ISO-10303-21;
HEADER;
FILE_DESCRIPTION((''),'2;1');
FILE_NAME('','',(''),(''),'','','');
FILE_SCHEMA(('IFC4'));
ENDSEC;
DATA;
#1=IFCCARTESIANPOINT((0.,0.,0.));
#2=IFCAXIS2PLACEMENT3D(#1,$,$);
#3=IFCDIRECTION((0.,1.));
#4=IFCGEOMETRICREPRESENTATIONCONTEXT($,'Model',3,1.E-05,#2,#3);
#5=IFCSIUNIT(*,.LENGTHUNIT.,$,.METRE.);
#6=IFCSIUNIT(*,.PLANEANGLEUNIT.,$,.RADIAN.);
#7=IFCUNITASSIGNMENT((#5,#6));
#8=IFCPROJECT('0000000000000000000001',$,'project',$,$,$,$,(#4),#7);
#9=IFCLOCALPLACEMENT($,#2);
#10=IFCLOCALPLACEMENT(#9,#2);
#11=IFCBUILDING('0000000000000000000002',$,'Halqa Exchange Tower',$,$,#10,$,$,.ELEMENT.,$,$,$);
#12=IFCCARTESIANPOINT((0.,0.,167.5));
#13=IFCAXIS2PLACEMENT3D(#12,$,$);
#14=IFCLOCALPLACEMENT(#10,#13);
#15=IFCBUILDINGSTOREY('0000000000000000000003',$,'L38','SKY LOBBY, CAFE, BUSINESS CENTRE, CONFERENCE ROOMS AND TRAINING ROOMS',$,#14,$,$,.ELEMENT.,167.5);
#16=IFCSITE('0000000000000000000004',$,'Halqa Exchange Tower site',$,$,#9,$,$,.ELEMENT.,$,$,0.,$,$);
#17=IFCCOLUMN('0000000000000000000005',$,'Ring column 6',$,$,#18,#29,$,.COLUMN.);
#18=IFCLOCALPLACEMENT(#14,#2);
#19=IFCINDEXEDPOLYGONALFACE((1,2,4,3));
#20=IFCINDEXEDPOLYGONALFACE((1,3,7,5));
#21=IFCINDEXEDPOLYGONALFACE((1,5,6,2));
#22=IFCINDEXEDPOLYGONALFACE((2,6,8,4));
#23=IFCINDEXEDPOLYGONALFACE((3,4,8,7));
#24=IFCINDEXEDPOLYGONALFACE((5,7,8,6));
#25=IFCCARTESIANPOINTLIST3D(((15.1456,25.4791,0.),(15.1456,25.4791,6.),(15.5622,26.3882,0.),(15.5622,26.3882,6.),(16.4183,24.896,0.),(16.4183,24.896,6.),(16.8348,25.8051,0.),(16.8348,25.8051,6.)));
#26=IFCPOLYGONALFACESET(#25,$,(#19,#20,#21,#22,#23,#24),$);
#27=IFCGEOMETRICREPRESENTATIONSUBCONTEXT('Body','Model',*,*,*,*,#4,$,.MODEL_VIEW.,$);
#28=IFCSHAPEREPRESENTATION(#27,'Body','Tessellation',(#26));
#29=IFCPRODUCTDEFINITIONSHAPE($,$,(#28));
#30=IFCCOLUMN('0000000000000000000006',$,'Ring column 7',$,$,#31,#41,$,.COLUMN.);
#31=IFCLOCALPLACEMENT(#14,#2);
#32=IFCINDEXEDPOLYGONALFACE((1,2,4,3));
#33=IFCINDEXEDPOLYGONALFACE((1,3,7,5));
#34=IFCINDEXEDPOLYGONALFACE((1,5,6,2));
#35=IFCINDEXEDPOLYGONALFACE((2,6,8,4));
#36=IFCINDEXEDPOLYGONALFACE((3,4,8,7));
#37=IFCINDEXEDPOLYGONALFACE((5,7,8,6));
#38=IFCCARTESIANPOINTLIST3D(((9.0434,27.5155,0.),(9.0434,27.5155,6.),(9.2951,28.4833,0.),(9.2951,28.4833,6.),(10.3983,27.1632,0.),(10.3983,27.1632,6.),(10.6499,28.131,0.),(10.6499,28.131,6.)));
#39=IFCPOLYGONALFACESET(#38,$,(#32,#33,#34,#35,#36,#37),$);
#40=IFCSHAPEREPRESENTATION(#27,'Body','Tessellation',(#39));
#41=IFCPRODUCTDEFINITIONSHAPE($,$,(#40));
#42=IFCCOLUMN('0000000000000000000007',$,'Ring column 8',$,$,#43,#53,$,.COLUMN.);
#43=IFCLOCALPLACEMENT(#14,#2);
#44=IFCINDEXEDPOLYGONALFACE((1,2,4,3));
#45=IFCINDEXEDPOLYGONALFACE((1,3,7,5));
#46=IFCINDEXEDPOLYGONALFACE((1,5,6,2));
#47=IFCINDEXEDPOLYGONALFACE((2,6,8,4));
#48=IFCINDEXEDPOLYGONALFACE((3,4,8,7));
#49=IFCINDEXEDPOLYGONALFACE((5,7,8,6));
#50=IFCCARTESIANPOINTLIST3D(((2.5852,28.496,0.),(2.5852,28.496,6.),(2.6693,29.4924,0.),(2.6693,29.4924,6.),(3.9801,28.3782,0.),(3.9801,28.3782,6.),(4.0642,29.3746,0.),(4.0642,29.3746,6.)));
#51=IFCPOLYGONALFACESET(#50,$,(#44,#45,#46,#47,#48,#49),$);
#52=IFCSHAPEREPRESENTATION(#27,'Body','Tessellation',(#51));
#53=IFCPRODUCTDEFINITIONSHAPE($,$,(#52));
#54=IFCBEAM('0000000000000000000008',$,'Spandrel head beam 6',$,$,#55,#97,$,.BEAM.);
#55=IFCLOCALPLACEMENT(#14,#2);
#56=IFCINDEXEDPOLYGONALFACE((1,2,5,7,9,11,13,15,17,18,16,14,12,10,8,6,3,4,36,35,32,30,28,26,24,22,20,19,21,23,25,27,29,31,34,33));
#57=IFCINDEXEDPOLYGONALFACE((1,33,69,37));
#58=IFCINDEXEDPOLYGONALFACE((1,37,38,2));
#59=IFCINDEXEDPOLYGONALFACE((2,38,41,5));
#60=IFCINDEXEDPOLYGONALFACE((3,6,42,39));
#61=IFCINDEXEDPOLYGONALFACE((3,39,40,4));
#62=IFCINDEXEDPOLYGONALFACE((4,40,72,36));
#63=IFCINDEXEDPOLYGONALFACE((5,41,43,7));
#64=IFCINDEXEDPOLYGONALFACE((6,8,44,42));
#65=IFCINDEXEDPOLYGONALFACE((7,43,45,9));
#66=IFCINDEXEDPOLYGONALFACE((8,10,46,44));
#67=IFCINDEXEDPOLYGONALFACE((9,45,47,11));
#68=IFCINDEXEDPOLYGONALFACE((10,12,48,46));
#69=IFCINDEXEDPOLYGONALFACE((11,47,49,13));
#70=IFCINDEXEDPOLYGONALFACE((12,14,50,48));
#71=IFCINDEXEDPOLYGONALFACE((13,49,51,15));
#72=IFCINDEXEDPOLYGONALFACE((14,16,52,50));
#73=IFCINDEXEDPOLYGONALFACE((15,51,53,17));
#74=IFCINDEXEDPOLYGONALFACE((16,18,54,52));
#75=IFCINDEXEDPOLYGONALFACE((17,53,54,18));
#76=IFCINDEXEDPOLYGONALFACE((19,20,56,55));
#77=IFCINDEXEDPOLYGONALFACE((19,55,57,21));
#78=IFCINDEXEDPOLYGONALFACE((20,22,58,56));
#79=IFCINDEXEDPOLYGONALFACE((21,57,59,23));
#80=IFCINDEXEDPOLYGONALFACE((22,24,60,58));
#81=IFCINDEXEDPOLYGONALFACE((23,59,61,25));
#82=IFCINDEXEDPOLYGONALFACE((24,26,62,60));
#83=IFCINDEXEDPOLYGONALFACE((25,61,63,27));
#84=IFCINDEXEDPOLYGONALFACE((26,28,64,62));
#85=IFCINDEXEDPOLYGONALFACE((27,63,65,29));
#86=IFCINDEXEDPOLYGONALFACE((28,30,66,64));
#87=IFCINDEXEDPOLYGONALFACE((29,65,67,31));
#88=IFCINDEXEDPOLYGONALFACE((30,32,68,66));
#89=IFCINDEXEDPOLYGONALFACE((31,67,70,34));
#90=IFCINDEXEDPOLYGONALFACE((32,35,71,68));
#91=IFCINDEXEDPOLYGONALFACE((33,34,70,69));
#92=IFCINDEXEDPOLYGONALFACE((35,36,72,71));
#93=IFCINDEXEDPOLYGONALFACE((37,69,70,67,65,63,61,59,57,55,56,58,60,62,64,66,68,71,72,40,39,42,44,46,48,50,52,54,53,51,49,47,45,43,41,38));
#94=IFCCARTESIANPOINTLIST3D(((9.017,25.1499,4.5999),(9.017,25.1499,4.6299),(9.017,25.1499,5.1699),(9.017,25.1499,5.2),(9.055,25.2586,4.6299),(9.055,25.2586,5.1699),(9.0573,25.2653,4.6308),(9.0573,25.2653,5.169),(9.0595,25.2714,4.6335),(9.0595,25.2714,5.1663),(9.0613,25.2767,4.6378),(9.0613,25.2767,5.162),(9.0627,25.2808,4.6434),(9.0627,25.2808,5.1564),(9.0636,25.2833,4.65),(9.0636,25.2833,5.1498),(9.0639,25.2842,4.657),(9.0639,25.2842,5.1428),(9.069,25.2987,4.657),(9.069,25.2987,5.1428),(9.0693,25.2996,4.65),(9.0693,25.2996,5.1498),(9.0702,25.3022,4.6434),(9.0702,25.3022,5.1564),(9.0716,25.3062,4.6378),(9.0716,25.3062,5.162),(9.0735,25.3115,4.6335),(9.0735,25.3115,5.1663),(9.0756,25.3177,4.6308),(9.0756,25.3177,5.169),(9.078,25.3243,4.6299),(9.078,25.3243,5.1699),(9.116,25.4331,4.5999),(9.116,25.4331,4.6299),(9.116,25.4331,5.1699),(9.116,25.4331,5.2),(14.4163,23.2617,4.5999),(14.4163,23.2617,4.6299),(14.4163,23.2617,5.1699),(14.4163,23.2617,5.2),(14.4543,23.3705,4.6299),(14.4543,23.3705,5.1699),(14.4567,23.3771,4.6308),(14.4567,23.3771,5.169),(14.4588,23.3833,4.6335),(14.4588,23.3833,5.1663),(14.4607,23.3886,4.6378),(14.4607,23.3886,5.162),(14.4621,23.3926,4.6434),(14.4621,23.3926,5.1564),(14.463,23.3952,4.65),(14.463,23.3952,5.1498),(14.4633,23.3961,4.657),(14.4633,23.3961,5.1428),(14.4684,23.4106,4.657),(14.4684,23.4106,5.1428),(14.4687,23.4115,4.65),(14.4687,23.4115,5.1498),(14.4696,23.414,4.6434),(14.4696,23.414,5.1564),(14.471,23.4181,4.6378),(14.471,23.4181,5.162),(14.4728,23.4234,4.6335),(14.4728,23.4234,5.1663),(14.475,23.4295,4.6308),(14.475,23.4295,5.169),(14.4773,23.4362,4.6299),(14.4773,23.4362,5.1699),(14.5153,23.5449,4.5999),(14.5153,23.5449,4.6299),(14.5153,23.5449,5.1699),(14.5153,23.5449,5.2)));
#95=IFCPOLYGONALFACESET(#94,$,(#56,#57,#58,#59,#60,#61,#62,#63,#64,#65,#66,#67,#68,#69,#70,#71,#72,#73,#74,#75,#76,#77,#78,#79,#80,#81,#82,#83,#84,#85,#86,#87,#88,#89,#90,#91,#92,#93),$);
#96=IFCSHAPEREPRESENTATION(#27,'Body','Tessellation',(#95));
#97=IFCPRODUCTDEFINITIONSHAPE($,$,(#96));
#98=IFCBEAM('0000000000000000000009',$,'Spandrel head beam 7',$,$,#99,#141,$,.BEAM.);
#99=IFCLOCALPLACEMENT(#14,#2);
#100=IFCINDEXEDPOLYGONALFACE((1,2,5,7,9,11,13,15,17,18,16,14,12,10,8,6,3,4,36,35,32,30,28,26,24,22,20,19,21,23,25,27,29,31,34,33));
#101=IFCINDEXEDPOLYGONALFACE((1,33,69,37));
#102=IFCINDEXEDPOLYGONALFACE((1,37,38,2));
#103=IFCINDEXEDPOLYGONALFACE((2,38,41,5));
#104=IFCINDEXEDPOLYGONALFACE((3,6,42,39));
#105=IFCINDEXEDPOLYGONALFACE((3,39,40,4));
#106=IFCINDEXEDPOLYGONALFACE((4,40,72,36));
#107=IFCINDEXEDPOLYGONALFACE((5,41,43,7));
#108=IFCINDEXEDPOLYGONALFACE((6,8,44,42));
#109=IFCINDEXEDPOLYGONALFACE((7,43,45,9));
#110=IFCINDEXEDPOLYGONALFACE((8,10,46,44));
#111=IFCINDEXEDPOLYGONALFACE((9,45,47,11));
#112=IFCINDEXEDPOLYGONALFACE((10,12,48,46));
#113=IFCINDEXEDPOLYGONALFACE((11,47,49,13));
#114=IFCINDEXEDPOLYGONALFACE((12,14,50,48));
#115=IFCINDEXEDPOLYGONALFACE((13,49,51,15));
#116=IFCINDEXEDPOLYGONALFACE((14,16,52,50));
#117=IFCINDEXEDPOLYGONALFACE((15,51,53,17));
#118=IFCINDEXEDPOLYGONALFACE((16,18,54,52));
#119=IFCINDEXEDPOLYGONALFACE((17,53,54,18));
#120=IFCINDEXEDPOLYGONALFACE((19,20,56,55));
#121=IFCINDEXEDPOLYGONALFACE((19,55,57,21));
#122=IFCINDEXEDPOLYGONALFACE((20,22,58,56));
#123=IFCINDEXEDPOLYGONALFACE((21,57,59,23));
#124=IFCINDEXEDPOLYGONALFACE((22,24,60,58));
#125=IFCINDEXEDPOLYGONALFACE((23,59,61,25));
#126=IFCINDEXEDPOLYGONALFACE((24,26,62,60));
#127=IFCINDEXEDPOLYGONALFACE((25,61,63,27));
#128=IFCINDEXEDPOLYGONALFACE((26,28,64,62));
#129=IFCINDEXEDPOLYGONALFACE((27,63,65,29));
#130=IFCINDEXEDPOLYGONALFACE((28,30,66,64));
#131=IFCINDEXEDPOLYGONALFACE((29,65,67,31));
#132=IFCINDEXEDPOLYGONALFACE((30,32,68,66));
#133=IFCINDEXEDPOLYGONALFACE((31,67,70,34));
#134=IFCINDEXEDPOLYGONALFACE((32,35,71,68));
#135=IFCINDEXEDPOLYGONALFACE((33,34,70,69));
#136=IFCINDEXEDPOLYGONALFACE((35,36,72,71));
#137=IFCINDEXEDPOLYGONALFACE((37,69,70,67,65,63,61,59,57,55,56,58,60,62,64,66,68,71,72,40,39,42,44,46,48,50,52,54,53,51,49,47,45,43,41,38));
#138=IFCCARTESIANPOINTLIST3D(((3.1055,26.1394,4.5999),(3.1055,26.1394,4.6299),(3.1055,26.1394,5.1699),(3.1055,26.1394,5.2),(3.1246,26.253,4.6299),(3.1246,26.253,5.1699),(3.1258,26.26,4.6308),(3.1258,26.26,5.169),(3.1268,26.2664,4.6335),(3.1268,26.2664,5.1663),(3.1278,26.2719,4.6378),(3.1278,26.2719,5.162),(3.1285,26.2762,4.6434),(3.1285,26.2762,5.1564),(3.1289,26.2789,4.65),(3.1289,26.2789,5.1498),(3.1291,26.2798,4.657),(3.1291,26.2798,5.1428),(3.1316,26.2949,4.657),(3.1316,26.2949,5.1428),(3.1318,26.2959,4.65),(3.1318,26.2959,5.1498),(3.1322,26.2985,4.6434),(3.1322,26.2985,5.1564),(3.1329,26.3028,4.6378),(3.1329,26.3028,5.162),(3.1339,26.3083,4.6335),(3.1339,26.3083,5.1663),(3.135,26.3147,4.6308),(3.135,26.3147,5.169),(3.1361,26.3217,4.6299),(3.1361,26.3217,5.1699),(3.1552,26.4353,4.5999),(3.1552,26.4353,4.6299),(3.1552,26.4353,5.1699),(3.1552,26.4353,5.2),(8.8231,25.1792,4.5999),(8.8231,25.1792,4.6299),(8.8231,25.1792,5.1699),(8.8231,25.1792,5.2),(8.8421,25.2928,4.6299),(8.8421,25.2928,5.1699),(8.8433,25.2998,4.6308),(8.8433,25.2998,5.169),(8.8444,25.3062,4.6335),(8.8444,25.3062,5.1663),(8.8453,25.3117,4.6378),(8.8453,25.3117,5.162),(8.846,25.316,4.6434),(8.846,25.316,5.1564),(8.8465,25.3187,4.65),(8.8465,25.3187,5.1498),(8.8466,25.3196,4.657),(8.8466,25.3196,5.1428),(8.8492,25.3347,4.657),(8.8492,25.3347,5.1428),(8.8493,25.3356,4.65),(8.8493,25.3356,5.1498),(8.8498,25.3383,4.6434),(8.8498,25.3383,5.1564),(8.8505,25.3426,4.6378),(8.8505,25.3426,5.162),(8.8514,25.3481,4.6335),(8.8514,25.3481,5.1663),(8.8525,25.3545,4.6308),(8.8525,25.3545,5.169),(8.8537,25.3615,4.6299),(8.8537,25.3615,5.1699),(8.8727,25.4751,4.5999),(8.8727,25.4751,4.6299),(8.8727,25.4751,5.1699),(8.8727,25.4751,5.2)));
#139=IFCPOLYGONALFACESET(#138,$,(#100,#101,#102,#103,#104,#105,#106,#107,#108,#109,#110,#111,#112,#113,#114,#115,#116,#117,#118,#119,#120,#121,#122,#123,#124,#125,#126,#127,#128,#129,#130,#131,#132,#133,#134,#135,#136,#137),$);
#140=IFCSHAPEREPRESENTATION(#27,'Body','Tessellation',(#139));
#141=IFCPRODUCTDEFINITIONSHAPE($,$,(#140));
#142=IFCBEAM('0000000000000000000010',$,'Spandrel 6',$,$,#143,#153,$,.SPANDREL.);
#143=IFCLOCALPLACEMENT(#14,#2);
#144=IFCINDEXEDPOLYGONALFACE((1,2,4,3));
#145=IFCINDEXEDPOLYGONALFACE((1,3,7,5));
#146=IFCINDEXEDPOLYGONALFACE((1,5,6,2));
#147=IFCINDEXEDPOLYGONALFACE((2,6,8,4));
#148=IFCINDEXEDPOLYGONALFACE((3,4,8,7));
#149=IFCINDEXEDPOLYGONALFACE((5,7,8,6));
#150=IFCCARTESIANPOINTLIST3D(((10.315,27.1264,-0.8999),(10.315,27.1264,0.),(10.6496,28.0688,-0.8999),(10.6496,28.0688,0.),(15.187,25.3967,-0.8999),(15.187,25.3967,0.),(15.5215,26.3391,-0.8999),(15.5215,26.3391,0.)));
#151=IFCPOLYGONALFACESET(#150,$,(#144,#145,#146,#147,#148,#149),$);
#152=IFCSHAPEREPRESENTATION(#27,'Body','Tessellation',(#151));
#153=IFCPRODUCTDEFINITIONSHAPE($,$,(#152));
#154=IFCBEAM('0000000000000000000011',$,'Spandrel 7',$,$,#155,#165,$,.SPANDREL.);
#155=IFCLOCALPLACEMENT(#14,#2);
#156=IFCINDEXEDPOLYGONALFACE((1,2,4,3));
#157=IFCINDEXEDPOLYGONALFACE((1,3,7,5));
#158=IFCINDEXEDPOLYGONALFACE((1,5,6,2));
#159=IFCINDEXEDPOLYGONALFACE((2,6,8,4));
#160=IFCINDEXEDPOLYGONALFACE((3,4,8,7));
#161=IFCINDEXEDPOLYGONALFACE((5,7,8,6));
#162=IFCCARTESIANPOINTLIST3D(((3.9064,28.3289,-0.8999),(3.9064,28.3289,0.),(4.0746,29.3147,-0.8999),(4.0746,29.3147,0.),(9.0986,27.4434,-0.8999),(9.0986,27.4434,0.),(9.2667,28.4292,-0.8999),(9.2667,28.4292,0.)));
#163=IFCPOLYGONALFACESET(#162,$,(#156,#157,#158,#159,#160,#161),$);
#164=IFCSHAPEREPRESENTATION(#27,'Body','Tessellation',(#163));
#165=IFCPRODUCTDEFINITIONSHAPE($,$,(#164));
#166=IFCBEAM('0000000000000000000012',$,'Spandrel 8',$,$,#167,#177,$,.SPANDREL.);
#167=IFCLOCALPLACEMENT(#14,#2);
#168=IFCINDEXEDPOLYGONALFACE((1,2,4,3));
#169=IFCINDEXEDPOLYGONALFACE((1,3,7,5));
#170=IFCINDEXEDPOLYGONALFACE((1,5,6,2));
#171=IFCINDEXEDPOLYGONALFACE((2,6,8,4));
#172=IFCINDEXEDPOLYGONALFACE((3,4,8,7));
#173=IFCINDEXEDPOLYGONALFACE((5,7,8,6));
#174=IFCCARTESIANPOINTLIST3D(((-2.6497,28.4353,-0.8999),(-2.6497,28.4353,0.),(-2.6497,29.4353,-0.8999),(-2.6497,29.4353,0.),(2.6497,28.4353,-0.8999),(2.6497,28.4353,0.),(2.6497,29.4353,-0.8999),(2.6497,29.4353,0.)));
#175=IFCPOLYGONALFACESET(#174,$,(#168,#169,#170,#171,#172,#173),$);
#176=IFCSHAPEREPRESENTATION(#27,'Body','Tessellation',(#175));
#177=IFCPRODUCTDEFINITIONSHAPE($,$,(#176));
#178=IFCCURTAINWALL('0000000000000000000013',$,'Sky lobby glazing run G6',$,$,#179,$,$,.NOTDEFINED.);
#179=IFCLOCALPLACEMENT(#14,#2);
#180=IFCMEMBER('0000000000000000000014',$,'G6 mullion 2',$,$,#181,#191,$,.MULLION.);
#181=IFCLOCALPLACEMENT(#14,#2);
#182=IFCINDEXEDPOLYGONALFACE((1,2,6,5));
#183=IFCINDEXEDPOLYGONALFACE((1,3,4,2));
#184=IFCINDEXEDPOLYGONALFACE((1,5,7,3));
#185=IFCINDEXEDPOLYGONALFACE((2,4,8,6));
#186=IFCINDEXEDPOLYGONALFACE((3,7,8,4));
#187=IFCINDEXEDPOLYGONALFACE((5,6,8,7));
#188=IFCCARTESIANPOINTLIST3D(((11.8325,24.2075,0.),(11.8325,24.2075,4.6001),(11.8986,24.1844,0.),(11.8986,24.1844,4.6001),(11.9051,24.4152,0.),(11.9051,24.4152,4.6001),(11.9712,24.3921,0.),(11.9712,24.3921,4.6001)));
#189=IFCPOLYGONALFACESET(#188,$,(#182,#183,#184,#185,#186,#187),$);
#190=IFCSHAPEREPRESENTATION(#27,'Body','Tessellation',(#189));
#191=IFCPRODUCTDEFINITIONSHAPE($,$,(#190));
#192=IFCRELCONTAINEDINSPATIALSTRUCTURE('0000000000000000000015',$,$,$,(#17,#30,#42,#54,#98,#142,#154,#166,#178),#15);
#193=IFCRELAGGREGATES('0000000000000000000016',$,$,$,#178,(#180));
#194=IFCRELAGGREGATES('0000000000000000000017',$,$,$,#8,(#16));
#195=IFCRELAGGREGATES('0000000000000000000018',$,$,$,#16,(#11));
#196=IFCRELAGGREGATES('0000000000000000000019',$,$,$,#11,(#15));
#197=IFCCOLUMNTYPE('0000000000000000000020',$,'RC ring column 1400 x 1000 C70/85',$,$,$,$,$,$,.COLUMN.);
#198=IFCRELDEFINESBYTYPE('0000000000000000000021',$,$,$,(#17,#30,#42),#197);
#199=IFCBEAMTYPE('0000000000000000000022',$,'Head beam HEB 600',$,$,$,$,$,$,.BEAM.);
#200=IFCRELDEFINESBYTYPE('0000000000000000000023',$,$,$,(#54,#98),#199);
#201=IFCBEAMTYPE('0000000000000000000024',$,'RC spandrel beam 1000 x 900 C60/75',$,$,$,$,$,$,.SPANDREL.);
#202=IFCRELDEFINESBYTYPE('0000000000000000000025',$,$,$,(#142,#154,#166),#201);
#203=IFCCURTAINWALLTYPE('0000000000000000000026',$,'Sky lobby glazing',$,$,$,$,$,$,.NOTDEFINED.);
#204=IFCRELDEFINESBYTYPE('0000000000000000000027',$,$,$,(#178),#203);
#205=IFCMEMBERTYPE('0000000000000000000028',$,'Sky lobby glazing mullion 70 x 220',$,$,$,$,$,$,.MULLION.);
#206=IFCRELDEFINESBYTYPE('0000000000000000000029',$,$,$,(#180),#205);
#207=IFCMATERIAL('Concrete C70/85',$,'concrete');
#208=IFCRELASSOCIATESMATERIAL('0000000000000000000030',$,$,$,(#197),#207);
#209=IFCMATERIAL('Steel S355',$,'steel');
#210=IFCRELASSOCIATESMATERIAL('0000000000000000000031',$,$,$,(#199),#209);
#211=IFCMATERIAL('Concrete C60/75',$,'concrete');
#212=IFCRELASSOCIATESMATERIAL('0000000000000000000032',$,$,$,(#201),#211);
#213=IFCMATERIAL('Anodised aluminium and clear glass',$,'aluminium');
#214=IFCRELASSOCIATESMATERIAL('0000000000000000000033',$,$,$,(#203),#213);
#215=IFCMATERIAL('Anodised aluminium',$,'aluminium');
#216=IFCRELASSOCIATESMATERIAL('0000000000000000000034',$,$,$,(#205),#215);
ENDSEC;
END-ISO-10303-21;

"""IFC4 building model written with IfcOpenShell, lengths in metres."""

from ifc_helpers import new_model, si_unit, direction, frame, origin, origin_2d, place, context, subcontext, project, spatial, rectangle, i_section, extrude, material, material_profile, profile_set, type_object, element, aggregate, save


model = new_model("IFC4")

# Units and contexts
model_context = context("Model", 3, precision=1e-05, world=origin(), true_north=direction((0.0, 1.0)))
body_context = subcontext(model_context, "Body", "Model", "MODEL_VIEW")
ifc_project = project(units=[si_unit("LENGTHUNIT", "METRE"), si_unit("PLANEANGLEUNIT", "RADIAN")], contexts=[model_context])

# Site, building, storey
site_placement = place(None, origin())
site = spatial("IfcSite", under=ifc_project, at=site_placement, Name="Halqa Exchange Tower site", CompositionType="ELEMENT", RefElevation=0.0)
building_placement = place(site_placement, origin())
building = spatial("IfcBuilding", under=site, at=building_placement, Name="Halqa Exchange Tower", CompositionType="ELEMENT")
storey_placement = place(building_placement, frame((0.0, 0.0, 167.5)))
storey = spatial("IfcBuildingStorey", under=building, at=storey_placement, Name="L38", Description="SKY LOBBY, CAFE, BUSINESS CENTRE, CONFERENCE ROOMS AND TRAINING ROOMS", CompositionType="ELEMENT", Elevation=167.5)

# Columns
ifc_material_1 = material(Name="Concrete C70/85", Category="concrete")
ifc_material_profile_1 = material_profile(ifc_material_1, rectangle(XDim=1.3999, YDim=1.0, at=origin_2d()), Name="1400 x 1000")
ifc_profile_set_1 = profile_set([ifc_material_profile_1], Name="Concrete C70/85")
column_type = type_object("IfcColumnType", Name="RC ring column 1400 x 1000 C70/85", PredefinedType="COLUMN", material=ifc_profile_set_1)
for number, where, z_axis, x_axis, name in (
    (1, (15.9902, 25.6421, 0.0), (0.0, 0.0, 1.0), (-0.909126, 0.41652, 0.0), "Ring column 6"),
    (2, (9.8467, 27.8232, 0.0), (0.0, 0.0, 1.0), (-0.96782, 0.251645, 0.0), "Ring column 7"),
    (3, (3.3247, 28.9353, 0.0), (0.0, 0.0, 1.0), (-0.996455, 0.084125, 0.0), "Ring column 8"),
):
    element("IfcColumn", number, at=place(storey_placement, frame(where, z_axis=z_axis, x_axis=x_axis)), inside=storey, type_object=column_type, Name=name, PredefinedType="COLUMN", context=body_context, shape_type="SweptSolid", body=[
        extrude(rectangle(XDim=1.3999, YDim=1.0, at=origin_2d()), origin(), (0.0, 0.0, 1.0), 6.0),
    ])

# Beams
ifc_material_2 = material(Name="Steel S355", Category="steel")
ifc_material_profile_2 = material_profile(ifc_material_2, i_section(OverallWidth=0.3, OverallDepth=0.6001, WebThickness=0.0154, FlangeThickness=0.03, FilletRadius=0.0271, at=origin_2d()), Name="HEB 600")
ifc_profile_set_2 = profile_set([ifc_material_profile_2], Name="Steel S355")
beam_type_1 = type_object("IfcBeamType", Name="Head beam HEB 600", PredefinedType="BEAM", material=ifc_profile_set_2)
beam_1_placement = place(storey_placement, frame((14.4658, 23.4033, 4.8999), z_axis=(-0.943946, 0.330099, 0.0), x_axis=(-0.330099, -0.943946, 0.0)))
element("IfcBeam", 4, at=beam_1_placement, inside=storey, type_object=beam_type_1, Name="Spandrel head beam 6", PredefinedType="BEAM", context=body_context, shape_type="SweptSolid", body=[
    extrude(i_section(OverallWidth=0.3, OverallDepth=0.6001, WebThickness=0.0154, FlangeThickness=0.03, FilletRadius=0.0271, at=origin_2d()), origin(), (0.0, 0.0, 1.0), 5.72),
])
beam_2_placement = place(storey_placement, frame((8.8479, 25.3271, 4.8999), z_axis=(-0.986189, 0.165621, 0.0), x_axis=(-0.165621, -0.986189, 0.0)))
element("IfcBeam", 5, at=beam_2_placement, inside=storey, type_object=beam_type_1, Name="Spandrel head beam 7", PredefinedType="BEAM", context=body_context, shape_type="SweptSolid", body=[
    extrude(i_section(OverallWidth=0.3, OverallDepth=0.6001, WebThickness=0.0154, FlangeThickness=0.03, FilletRadius=0.0271, at=origin_2d()), origin(), (0.0, 0.0, 1.0), 5.7976),
])
ifc_material_3 = material(Name="Concrete C60/75", Category="concrete")
ifc_material_profile_3 = material_profile(ifc_material_3, rectangle(XDim=1.0, YDim=0.8999, at=origin_2d()), Name="1000 x 900")
ifc_profile_set_3 = profile_set([ifc_material_profile_3], Name="Concrete C60/75")
beam_type_2 = type_object("IfcBeamType", Name="RC spandrel beam 1000 x 900 C60/75", PredefinedType="SPANDREL", material=ifc_profile_set_3)
beam_3_placement = place(storey_placement, frame((15.3542, 25.8679, -0.45), z_axis=(-0.942371, 0.334571, 0.0), x_axis=(-0.334571, -0.942371, 0.0)))
element("IfcBeam", 6, at=beam_3_placement, inside=storey, type_object=beam_type_2, Name="Spandrel 6", PredefinedType="SPANDREL", context=body_context, shape_type="SweptSolid", body=[
    extrude(rectangle(XDim=1.0, YDim=0.8999, at=origin_2d()), origin(), (0.0, 0.0, 1.0), 5.1699),
])
beam_4_placement = place(storey_placement, frame((9.1826, 27.9363, -0.45), z_axis=(-0.985767, 0.168119, 0.0), x_axis=(-0.168119, -0.985767, 0.0)))
element("IfcBeam", 7, at=beam_4_placement, inside=storey, type_object=beam_type_2, Name="Spandrel 7", PredefinedType="SPANDREL", context=body_context, shape_type="SweptSolid", body=[
    extrude(rectangle(XDim=1.0, YDim=0.8999, at=origin_2d()), origin(), (0.0, 0.0, 1.0), 5.2671),
])
beam_5_placement = place(storey_placement, frame((2.6497, 28.9353, -0.45), z_axis=(-1.0, 0.0, 0.0), x_axis=(0.0, -1.0, 0.0)))
element("IfcBeam", 8, at=beam_5_placement, inside=storey, type_object=beam_type_2, Name="Spandrel 8", PredefinedType="SPANDREL", context=body_context, shape_type="SweptSolid", body=[
    extrude(rectangle(XDim=1.0, YDim=0.8999, at=origin_2d()), origin(), (0.0, 0.0, 1.0), 5.2993),
])

# Curtain wall, member
ifc_material_4 = material(Name="Anodised aluminium and clear glass", Category="aluminium")
curtain_wall_type = type_object("IfcCurtainWallType", Name="Sky lobby glazing", PredefinedType="NOTDEFINED", material=ifc_material_4)
curtain_wall_1_placement = place(storey_placement, origin())
curtain_wall_1 = element("IfcCurtainWall", 9, at=curtain_wall_1_placement, inside=storey, type_object=curtain_wall_type, Name="Sky lobby glazing run G6", PredefinedType="NOTDEFINED")
ifc_material_5 = material(Name="Anodised aluminium", Category="aluminium")
ifc_material_profile_4 = material_profile(ifc_material_5, rectangle(XDim=0.22, YDim=0.0701, at=origin_2d()), Name="AL 70x220")
ifc_profile_set_4 = profile_set([ifc_material_profile_4], Name="Anodised aluminium")
member_type_1 = type_object("IfcMemberType", Name="Sky lobby glazing mullion 70 x 220", PredefinedType="MULLION", material=ifc_profile_set_4)
member_1_placement = place(storey_placement, frame((11.9019, 24.2998, 0.0), z_axis=(0.0, 0.0, 1.0), x_axis=(-0.3301, -0.943946, 0.0)))
member_1 = element("IfcMember", 10, at=member_1_placement, type_object=member_type_1, Name="G6 mullion 2", PredefinedType="MULLION", context=body_context, shape_type="SweptSolid", body=[
    extrude(rectangle(XDim=0.22, YDim=0.0701, at=origin_2d()), origin(), (0.0, 0.0, 1.0), 4.6001),
])

aggregate(curtain_wall_1, [member_1])

save(model, "model.ifc")
